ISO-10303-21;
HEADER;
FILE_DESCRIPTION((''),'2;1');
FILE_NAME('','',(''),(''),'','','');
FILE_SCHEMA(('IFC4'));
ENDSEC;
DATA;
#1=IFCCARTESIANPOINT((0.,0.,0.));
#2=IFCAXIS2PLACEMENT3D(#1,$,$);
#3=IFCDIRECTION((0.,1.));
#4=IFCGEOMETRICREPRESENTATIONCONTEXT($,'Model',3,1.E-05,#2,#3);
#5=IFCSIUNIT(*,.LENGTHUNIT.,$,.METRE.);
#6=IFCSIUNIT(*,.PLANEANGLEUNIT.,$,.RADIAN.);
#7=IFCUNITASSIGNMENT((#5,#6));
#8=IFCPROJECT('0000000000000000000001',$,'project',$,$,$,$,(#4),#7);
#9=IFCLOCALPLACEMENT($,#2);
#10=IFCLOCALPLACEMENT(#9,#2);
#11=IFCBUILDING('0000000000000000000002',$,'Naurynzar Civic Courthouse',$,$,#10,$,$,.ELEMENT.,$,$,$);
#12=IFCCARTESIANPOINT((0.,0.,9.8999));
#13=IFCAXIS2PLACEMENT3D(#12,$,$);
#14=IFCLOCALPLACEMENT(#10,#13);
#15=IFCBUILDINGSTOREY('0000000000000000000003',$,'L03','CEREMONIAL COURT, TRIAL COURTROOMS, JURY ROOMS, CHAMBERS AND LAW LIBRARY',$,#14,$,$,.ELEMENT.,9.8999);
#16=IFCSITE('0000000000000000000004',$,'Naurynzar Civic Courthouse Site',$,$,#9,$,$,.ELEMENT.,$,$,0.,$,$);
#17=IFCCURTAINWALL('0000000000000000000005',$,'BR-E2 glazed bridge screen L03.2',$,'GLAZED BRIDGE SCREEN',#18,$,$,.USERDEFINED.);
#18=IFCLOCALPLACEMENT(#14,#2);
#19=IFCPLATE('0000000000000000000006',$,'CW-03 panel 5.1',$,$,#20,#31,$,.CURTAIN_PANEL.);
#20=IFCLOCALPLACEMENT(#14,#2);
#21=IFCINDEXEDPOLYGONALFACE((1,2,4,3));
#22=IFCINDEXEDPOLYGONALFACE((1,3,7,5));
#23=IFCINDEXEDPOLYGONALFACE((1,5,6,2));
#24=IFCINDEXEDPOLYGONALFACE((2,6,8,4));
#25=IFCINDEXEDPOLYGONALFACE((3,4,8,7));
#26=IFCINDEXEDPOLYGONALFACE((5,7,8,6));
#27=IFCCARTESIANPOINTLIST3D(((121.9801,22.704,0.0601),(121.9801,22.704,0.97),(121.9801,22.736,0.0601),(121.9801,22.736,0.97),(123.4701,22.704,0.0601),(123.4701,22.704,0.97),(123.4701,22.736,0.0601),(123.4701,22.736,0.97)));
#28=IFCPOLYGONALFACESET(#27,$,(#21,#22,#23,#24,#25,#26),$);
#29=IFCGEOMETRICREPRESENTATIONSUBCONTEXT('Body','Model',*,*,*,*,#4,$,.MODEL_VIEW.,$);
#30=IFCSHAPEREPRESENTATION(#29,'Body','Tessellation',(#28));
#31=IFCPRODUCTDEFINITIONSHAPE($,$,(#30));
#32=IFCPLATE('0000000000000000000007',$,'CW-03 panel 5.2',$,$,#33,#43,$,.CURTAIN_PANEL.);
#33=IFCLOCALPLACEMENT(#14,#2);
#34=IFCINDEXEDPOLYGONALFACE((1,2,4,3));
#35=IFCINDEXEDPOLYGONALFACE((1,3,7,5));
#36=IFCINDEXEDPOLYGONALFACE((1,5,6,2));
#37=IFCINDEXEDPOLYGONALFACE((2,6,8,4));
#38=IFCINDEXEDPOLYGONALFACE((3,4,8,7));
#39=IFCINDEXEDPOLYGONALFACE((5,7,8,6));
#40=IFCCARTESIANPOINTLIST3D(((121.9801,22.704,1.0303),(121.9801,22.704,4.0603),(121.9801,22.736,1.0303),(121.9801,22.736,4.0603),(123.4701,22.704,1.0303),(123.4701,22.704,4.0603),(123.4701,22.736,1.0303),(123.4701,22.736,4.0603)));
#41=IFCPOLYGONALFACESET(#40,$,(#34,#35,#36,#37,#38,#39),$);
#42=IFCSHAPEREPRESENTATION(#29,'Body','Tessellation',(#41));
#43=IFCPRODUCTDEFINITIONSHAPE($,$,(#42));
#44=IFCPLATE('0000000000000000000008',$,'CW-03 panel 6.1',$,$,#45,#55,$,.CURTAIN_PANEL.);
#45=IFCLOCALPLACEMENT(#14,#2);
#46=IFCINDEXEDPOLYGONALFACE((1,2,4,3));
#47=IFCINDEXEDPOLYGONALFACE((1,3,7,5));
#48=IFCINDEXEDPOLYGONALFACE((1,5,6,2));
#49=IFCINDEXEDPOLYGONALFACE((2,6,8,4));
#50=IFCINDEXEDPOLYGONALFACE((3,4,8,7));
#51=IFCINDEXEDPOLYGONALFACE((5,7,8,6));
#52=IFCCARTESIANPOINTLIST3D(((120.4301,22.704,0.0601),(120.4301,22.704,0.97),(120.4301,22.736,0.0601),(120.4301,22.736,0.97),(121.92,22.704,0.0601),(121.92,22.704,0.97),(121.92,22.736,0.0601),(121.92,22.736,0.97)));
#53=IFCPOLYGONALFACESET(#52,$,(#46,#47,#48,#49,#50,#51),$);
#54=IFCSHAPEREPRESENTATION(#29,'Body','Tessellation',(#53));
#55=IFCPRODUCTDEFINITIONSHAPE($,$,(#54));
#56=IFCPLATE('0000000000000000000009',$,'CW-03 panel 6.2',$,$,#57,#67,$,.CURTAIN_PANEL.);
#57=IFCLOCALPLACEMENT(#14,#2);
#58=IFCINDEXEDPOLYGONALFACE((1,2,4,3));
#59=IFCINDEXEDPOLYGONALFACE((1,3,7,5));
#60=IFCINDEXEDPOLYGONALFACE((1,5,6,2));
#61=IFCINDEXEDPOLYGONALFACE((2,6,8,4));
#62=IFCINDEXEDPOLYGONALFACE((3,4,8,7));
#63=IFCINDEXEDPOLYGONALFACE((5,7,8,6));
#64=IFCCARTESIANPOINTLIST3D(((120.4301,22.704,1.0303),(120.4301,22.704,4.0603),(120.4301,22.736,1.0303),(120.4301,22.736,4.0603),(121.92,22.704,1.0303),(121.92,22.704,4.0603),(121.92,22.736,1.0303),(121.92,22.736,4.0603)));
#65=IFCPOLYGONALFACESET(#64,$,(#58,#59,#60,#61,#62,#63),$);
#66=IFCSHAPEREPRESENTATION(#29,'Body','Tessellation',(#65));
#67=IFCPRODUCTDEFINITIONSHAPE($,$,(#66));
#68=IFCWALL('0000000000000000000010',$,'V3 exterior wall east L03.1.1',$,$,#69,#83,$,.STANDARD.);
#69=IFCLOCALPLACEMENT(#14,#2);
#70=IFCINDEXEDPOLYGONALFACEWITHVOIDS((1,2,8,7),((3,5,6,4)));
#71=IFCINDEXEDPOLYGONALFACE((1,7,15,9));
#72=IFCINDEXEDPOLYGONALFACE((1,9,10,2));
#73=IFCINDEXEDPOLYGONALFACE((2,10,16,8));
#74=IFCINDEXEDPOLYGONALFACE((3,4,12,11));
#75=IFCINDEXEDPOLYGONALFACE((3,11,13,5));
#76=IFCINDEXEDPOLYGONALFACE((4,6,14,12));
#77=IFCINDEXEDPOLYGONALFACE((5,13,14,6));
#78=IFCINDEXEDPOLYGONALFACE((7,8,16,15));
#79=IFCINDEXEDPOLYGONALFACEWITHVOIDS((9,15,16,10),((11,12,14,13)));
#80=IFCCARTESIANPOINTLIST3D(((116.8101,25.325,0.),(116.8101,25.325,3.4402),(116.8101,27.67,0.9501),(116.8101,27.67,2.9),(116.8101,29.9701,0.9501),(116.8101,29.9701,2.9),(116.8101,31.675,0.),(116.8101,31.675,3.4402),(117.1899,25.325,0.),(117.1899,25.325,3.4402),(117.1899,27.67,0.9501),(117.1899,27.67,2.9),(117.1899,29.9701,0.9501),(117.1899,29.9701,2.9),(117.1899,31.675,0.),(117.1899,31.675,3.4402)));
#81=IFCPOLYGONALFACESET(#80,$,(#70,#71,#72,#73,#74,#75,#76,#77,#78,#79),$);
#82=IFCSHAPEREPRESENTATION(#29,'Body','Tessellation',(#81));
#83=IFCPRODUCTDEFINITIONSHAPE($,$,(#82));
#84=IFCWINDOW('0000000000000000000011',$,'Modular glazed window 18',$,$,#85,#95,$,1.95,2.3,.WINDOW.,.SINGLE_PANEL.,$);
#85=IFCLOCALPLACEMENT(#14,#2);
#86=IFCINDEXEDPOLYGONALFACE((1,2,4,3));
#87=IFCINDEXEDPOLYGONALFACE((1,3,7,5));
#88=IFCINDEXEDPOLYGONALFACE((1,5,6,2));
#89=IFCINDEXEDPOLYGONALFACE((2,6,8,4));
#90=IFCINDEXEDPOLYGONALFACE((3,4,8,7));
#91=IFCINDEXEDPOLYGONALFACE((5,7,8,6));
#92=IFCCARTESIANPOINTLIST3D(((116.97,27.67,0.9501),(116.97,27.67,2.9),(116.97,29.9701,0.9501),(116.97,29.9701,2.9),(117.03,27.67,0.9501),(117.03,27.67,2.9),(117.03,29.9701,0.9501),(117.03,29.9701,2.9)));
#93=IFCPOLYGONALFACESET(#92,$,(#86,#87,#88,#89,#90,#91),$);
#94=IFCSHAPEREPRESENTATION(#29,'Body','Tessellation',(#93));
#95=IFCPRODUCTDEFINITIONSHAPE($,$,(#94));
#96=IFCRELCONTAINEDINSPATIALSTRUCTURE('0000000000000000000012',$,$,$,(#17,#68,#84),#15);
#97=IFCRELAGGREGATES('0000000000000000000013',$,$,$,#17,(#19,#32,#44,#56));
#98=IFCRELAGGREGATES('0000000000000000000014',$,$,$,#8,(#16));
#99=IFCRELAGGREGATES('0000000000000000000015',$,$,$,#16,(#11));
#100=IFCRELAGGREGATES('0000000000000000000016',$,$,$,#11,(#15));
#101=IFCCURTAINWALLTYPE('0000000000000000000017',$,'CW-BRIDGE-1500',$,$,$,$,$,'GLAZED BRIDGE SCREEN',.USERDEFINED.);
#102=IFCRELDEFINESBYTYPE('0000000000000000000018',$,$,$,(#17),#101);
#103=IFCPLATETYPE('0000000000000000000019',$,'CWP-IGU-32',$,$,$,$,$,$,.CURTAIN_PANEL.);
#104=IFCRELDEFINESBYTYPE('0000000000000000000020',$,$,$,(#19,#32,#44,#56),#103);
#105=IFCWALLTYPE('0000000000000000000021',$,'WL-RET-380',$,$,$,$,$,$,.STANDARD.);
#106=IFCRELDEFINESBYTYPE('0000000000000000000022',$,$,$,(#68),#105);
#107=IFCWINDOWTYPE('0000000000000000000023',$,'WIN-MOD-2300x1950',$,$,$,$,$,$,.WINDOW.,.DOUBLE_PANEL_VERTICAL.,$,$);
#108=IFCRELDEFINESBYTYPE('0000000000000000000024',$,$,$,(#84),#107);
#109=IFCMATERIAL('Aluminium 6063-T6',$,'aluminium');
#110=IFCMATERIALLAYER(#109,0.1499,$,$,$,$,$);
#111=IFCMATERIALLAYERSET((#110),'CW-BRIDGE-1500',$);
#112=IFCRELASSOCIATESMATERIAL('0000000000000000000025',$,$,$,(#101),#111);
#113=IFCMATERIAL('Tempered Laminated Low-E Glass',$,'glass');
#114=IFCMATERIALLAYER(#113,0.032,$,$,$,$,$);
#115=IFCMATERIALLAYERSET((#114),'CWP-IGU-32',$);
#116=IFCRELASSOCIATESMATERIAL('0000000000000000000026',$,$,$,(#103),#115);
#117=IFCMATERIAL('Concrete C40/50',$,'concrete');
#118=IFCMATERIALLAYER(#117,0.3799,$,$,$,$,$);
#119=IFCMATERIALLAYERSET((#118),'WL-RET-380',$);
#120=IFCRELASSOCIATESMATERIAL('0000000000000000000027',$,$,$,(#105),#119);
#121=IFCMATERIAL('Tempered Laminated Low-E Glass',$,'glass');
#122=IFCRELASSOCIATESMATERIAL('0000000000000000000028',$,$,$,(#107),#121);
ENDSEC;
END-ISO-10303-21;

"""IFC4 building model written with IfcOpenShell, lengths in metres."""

from ifc_helpers import new_model, si_unit, direction, frame, frame_2d, origin, origin_2d, place, context, subcontext, project, spatial, rectangle, extrude, material, layer, layer_set, type_object, element, fill, aggregate, save


model = new_model("IFC4")

# Units and contexts
model_context = context("Model", 3, precision=1e-05, world=origin(), true_north=direction((0.0, 1.0)))
body_context = subcontext(model_context, "Body", "Model", "MODEL_VIEW")
ifc_project = project(units=[si_unit("LENGTHUNIT", "METRE"), si_unit("PLANEANGLEUNIT", "RADIAN")], contexts=[model_context])

# Site, building, storey
site_placement = place(None, origin())
site = spatial("IfcSite", under=ifc_project, at=site_placement, Name="Naurynzar Civic Courthouse Site", CompositionType="ELEMENT", RefElevation=0.0)
building_placement = place(site_placement, origin())
building = spatial("IfcBuilding", under=site, at=building_placement, Name="Naurynzar Civic Courthouse", CompositionType="ELEMENT")
storey_placement = place(building_placement, frame((0.0, 0.0, 9.8999)))
storey = spatial("IfcBuildingStorey", under=building, at=storey_placement, Name="L03", Description="CEREMONIAL COURT, TRIAL COURTROOMS, JURY ROOMS, CHAMBERS AND LAW LIBRARY", CompositionType="ELEMENT", Elevation=9.8999)

# Curtain wall, plates
ifc_material_1 = material(Name="Aluminium 6063-T6", Category="aluminium")
ifc_layer_1 = layer(ifc_material_1, 0.1499)
ifc_layer_set_1 = layer_set([ifc_layer_1], Name="CW-BRIDGE-1500")
curtain_wall_type = type_object("IfcCurtainWallType", Name="CW-BRIDGE-1500", ElementType="GLAZED BRIDGE SCREEN", PredefinedType="USERDEFINED", material=ifc_layer_set_1)
curtain_wall_placement = place(storey_placement, origin())
curtain_wall = element("IfcCurtainWall", 1, at=curtain_wall_placement, inside=storey, type_object=curtain_wall_type, Name="BR-E2 glazed bridge screen L03.2", ObjectType="GLAZED BRIDGE SCREEN", PredefinedType="USERDEFINED")
ifc_material_2 = material(Name="Tempered Laminated Low-E Glass", Category="glass")
ifc_layer_2 = layer(ifc_material_2, 0.032)
ifc_layer_set_2 = layer_set([ifc_layer_2], Name="CWP-IGU-32")
plate_type = type_object("IfcPlateType", Name="CWP-IGU-32", PredefinedType="CURTAIN_PANEL", material=ifc_layer_set_2)
plate_1_placement = place(storey_placement, frame((122.7251, 22.72, 0.0601), z_axis=(0.0, 0.0, 1.0), x_axis=(-1.0, 0.0, 0.0)))
plate_1 = element("IfcPlate", 2, at=plate_1_placement, type_object=plate_type, Name="CW-03 panel 5.1", PredefinedType="CURTAIN_PANEL", context=body_context, shape_type="SweptSolid", body=[
    extrude(rectangle(XDim=1.49, YDim=0.032, at=origin_2d()), origin(), (0.0, 0.0, 1.0), 0.9099),
])
plate_2_placement = place(storey_placement, frame((122.7251, 22.72, 1.0303), z_axis=(0.0, 0.0, 1.0), x_axis=(-1.0, 0.0, 0.0)))
plate_2 = element("IfcPlate", 3, at=plate_2_placement, type_object=plate_type, Name="CW-03 panel 5.2", PredefinedType="CURTAIN_PANEL", context=body_context, shape_type="SweptSolid", body=[
    extrude(rectangle(XDim=1.49, YDim=0.032, at=origin_2d()), origin(), (0.0, 0.0, 1.0), 3.03),
])
plate_3_placement = place(storey_placement, frame((121.175, 22.72, 0.0601), z_axis=(0.0, 0.0, 1.0), x_axis=(-1.0, 0.0, 0.0)))
plate_3 = element("IfcPlate", 4, at=plate_3_placement, type_object=plate_type, Name="CW-03 panel 6.1", PredefinedType="CURTAIN_PANEL", context=body_context, shape_type="SweptSolid", body=[
    extrude(rectangle(XDim=1.49, YDim=0.032, at=origin_2d()), origin(), (0.0, 0.0, 1.0), 0.9099),
])
plate_4_placement = place(storey_placement, frame((121.175, 22.72, 1.0303), z_axis=(0.0, 0.0, 1.0), x_axis=(-1.0, 0.0, 0.0)))
plate_4 = element("IfcPlate", 5, at=plate_4_placement, type_object=plate_type, Name="CW-03 panel 6.2", PredefinedType="CURTAIN_PANEL", context=body_context, shape_type="SweptSolid", body=[
    extrude(rectangle(XDim=1.49, YDim=0.032, at=origin_2d()), origin(), (0.0, 0.0, 1.0), 3.03),
])
aggregate(curtain_wall, [plate_1, plate_2, plate_3, plate_4])

# Wall, opening, window
ifc_material_3 = material(Name="Concrete C40/50", Category="concrete")
ifc_layer_3 = layer(ifc_material_3, 0.3799)
ifc_layer_set_3 = layer_set([ifc_layer_3], Name="WL-RET-380")
wall_type = type_object("IfcWallType", Name="WL-RET-380", PredefinedType="STANDARD", material=ifc_layer_set_3)
wall_placement = place(storey_placement, frame((117.0, 31.675, 0.0), z_axis=(0.0, 0.0, 1.0), x_axis=(0.0, -1.0, 0.0)))
wall = element("IfcWall", 6, at=wall_placement, inside=storey, type_object=wall_type, Name="V3 exterior wall east L03.1.1", PredefinedType="STANDARD", context=body_context, shape_type="SweptSolid", body=[
    extrude(rectangle(XDim=6.3501, YDim=0.3799, at=frame_2d((3.175, 0.0))), origin(), (0.0, 0.0, 1.0), 3.4402),
])
opening_placement = place(wall_placement, frame((1.7051, 0.0, 0.95)))
opening = element("IfcOpeningElement", 7, at=opening_placement, cuts=wall, PredefinedType="OPENING", context=body_context, shape_type="SweptSolid", body=[
    extrude(rectangle(XDim=2.3, YDim=1.95, at=frame_2d((1.1499, 0.9751))), frame((0.0, 0.2, 0.0), z_axis=(0.0, -1.0, 0.0), x_axis=(1.0, 0.0, 0.0)), (0.0, 0.0, 1.0), 0.3999),
])
ifc_material_4 = material(Name="Tempered Laminated Low-E Glass", Category="glass")
window_type = type_object("IfcWindowType", Name="WIN-MOD-2300x1950", PartitioningType="DOUBLE_PANEL_VERTICAL", PredefinedType="WINDOW", material=ifc_material_4)
window_placement = place(opening_placement, origin())
window = element("IfcWindow", 8, at=window_placement, inside=storey, type_object=window_type, Name="Modular glazed window 18", OverallHeight=1.95, OverallWidth=2.3, PartitioningType="SINGLE_PANEL", PredefinedType="WINDOW", context=body_context, shape_type="SweptSolid", body=[
    extrude(rectangle(XDim=2.3, YDim=1.95, at=frame_2d((1.1499, 0.9751))), frame((0.0, 0.03, 0.0), z_axis=(0.0, -1.0, 0.0), x_axis=(1.0, 0.0, 0.0)), (0.0, 0.0, 1.0), 0.0601),
])
fill(opening, window)

save(model, "model.ifc")
